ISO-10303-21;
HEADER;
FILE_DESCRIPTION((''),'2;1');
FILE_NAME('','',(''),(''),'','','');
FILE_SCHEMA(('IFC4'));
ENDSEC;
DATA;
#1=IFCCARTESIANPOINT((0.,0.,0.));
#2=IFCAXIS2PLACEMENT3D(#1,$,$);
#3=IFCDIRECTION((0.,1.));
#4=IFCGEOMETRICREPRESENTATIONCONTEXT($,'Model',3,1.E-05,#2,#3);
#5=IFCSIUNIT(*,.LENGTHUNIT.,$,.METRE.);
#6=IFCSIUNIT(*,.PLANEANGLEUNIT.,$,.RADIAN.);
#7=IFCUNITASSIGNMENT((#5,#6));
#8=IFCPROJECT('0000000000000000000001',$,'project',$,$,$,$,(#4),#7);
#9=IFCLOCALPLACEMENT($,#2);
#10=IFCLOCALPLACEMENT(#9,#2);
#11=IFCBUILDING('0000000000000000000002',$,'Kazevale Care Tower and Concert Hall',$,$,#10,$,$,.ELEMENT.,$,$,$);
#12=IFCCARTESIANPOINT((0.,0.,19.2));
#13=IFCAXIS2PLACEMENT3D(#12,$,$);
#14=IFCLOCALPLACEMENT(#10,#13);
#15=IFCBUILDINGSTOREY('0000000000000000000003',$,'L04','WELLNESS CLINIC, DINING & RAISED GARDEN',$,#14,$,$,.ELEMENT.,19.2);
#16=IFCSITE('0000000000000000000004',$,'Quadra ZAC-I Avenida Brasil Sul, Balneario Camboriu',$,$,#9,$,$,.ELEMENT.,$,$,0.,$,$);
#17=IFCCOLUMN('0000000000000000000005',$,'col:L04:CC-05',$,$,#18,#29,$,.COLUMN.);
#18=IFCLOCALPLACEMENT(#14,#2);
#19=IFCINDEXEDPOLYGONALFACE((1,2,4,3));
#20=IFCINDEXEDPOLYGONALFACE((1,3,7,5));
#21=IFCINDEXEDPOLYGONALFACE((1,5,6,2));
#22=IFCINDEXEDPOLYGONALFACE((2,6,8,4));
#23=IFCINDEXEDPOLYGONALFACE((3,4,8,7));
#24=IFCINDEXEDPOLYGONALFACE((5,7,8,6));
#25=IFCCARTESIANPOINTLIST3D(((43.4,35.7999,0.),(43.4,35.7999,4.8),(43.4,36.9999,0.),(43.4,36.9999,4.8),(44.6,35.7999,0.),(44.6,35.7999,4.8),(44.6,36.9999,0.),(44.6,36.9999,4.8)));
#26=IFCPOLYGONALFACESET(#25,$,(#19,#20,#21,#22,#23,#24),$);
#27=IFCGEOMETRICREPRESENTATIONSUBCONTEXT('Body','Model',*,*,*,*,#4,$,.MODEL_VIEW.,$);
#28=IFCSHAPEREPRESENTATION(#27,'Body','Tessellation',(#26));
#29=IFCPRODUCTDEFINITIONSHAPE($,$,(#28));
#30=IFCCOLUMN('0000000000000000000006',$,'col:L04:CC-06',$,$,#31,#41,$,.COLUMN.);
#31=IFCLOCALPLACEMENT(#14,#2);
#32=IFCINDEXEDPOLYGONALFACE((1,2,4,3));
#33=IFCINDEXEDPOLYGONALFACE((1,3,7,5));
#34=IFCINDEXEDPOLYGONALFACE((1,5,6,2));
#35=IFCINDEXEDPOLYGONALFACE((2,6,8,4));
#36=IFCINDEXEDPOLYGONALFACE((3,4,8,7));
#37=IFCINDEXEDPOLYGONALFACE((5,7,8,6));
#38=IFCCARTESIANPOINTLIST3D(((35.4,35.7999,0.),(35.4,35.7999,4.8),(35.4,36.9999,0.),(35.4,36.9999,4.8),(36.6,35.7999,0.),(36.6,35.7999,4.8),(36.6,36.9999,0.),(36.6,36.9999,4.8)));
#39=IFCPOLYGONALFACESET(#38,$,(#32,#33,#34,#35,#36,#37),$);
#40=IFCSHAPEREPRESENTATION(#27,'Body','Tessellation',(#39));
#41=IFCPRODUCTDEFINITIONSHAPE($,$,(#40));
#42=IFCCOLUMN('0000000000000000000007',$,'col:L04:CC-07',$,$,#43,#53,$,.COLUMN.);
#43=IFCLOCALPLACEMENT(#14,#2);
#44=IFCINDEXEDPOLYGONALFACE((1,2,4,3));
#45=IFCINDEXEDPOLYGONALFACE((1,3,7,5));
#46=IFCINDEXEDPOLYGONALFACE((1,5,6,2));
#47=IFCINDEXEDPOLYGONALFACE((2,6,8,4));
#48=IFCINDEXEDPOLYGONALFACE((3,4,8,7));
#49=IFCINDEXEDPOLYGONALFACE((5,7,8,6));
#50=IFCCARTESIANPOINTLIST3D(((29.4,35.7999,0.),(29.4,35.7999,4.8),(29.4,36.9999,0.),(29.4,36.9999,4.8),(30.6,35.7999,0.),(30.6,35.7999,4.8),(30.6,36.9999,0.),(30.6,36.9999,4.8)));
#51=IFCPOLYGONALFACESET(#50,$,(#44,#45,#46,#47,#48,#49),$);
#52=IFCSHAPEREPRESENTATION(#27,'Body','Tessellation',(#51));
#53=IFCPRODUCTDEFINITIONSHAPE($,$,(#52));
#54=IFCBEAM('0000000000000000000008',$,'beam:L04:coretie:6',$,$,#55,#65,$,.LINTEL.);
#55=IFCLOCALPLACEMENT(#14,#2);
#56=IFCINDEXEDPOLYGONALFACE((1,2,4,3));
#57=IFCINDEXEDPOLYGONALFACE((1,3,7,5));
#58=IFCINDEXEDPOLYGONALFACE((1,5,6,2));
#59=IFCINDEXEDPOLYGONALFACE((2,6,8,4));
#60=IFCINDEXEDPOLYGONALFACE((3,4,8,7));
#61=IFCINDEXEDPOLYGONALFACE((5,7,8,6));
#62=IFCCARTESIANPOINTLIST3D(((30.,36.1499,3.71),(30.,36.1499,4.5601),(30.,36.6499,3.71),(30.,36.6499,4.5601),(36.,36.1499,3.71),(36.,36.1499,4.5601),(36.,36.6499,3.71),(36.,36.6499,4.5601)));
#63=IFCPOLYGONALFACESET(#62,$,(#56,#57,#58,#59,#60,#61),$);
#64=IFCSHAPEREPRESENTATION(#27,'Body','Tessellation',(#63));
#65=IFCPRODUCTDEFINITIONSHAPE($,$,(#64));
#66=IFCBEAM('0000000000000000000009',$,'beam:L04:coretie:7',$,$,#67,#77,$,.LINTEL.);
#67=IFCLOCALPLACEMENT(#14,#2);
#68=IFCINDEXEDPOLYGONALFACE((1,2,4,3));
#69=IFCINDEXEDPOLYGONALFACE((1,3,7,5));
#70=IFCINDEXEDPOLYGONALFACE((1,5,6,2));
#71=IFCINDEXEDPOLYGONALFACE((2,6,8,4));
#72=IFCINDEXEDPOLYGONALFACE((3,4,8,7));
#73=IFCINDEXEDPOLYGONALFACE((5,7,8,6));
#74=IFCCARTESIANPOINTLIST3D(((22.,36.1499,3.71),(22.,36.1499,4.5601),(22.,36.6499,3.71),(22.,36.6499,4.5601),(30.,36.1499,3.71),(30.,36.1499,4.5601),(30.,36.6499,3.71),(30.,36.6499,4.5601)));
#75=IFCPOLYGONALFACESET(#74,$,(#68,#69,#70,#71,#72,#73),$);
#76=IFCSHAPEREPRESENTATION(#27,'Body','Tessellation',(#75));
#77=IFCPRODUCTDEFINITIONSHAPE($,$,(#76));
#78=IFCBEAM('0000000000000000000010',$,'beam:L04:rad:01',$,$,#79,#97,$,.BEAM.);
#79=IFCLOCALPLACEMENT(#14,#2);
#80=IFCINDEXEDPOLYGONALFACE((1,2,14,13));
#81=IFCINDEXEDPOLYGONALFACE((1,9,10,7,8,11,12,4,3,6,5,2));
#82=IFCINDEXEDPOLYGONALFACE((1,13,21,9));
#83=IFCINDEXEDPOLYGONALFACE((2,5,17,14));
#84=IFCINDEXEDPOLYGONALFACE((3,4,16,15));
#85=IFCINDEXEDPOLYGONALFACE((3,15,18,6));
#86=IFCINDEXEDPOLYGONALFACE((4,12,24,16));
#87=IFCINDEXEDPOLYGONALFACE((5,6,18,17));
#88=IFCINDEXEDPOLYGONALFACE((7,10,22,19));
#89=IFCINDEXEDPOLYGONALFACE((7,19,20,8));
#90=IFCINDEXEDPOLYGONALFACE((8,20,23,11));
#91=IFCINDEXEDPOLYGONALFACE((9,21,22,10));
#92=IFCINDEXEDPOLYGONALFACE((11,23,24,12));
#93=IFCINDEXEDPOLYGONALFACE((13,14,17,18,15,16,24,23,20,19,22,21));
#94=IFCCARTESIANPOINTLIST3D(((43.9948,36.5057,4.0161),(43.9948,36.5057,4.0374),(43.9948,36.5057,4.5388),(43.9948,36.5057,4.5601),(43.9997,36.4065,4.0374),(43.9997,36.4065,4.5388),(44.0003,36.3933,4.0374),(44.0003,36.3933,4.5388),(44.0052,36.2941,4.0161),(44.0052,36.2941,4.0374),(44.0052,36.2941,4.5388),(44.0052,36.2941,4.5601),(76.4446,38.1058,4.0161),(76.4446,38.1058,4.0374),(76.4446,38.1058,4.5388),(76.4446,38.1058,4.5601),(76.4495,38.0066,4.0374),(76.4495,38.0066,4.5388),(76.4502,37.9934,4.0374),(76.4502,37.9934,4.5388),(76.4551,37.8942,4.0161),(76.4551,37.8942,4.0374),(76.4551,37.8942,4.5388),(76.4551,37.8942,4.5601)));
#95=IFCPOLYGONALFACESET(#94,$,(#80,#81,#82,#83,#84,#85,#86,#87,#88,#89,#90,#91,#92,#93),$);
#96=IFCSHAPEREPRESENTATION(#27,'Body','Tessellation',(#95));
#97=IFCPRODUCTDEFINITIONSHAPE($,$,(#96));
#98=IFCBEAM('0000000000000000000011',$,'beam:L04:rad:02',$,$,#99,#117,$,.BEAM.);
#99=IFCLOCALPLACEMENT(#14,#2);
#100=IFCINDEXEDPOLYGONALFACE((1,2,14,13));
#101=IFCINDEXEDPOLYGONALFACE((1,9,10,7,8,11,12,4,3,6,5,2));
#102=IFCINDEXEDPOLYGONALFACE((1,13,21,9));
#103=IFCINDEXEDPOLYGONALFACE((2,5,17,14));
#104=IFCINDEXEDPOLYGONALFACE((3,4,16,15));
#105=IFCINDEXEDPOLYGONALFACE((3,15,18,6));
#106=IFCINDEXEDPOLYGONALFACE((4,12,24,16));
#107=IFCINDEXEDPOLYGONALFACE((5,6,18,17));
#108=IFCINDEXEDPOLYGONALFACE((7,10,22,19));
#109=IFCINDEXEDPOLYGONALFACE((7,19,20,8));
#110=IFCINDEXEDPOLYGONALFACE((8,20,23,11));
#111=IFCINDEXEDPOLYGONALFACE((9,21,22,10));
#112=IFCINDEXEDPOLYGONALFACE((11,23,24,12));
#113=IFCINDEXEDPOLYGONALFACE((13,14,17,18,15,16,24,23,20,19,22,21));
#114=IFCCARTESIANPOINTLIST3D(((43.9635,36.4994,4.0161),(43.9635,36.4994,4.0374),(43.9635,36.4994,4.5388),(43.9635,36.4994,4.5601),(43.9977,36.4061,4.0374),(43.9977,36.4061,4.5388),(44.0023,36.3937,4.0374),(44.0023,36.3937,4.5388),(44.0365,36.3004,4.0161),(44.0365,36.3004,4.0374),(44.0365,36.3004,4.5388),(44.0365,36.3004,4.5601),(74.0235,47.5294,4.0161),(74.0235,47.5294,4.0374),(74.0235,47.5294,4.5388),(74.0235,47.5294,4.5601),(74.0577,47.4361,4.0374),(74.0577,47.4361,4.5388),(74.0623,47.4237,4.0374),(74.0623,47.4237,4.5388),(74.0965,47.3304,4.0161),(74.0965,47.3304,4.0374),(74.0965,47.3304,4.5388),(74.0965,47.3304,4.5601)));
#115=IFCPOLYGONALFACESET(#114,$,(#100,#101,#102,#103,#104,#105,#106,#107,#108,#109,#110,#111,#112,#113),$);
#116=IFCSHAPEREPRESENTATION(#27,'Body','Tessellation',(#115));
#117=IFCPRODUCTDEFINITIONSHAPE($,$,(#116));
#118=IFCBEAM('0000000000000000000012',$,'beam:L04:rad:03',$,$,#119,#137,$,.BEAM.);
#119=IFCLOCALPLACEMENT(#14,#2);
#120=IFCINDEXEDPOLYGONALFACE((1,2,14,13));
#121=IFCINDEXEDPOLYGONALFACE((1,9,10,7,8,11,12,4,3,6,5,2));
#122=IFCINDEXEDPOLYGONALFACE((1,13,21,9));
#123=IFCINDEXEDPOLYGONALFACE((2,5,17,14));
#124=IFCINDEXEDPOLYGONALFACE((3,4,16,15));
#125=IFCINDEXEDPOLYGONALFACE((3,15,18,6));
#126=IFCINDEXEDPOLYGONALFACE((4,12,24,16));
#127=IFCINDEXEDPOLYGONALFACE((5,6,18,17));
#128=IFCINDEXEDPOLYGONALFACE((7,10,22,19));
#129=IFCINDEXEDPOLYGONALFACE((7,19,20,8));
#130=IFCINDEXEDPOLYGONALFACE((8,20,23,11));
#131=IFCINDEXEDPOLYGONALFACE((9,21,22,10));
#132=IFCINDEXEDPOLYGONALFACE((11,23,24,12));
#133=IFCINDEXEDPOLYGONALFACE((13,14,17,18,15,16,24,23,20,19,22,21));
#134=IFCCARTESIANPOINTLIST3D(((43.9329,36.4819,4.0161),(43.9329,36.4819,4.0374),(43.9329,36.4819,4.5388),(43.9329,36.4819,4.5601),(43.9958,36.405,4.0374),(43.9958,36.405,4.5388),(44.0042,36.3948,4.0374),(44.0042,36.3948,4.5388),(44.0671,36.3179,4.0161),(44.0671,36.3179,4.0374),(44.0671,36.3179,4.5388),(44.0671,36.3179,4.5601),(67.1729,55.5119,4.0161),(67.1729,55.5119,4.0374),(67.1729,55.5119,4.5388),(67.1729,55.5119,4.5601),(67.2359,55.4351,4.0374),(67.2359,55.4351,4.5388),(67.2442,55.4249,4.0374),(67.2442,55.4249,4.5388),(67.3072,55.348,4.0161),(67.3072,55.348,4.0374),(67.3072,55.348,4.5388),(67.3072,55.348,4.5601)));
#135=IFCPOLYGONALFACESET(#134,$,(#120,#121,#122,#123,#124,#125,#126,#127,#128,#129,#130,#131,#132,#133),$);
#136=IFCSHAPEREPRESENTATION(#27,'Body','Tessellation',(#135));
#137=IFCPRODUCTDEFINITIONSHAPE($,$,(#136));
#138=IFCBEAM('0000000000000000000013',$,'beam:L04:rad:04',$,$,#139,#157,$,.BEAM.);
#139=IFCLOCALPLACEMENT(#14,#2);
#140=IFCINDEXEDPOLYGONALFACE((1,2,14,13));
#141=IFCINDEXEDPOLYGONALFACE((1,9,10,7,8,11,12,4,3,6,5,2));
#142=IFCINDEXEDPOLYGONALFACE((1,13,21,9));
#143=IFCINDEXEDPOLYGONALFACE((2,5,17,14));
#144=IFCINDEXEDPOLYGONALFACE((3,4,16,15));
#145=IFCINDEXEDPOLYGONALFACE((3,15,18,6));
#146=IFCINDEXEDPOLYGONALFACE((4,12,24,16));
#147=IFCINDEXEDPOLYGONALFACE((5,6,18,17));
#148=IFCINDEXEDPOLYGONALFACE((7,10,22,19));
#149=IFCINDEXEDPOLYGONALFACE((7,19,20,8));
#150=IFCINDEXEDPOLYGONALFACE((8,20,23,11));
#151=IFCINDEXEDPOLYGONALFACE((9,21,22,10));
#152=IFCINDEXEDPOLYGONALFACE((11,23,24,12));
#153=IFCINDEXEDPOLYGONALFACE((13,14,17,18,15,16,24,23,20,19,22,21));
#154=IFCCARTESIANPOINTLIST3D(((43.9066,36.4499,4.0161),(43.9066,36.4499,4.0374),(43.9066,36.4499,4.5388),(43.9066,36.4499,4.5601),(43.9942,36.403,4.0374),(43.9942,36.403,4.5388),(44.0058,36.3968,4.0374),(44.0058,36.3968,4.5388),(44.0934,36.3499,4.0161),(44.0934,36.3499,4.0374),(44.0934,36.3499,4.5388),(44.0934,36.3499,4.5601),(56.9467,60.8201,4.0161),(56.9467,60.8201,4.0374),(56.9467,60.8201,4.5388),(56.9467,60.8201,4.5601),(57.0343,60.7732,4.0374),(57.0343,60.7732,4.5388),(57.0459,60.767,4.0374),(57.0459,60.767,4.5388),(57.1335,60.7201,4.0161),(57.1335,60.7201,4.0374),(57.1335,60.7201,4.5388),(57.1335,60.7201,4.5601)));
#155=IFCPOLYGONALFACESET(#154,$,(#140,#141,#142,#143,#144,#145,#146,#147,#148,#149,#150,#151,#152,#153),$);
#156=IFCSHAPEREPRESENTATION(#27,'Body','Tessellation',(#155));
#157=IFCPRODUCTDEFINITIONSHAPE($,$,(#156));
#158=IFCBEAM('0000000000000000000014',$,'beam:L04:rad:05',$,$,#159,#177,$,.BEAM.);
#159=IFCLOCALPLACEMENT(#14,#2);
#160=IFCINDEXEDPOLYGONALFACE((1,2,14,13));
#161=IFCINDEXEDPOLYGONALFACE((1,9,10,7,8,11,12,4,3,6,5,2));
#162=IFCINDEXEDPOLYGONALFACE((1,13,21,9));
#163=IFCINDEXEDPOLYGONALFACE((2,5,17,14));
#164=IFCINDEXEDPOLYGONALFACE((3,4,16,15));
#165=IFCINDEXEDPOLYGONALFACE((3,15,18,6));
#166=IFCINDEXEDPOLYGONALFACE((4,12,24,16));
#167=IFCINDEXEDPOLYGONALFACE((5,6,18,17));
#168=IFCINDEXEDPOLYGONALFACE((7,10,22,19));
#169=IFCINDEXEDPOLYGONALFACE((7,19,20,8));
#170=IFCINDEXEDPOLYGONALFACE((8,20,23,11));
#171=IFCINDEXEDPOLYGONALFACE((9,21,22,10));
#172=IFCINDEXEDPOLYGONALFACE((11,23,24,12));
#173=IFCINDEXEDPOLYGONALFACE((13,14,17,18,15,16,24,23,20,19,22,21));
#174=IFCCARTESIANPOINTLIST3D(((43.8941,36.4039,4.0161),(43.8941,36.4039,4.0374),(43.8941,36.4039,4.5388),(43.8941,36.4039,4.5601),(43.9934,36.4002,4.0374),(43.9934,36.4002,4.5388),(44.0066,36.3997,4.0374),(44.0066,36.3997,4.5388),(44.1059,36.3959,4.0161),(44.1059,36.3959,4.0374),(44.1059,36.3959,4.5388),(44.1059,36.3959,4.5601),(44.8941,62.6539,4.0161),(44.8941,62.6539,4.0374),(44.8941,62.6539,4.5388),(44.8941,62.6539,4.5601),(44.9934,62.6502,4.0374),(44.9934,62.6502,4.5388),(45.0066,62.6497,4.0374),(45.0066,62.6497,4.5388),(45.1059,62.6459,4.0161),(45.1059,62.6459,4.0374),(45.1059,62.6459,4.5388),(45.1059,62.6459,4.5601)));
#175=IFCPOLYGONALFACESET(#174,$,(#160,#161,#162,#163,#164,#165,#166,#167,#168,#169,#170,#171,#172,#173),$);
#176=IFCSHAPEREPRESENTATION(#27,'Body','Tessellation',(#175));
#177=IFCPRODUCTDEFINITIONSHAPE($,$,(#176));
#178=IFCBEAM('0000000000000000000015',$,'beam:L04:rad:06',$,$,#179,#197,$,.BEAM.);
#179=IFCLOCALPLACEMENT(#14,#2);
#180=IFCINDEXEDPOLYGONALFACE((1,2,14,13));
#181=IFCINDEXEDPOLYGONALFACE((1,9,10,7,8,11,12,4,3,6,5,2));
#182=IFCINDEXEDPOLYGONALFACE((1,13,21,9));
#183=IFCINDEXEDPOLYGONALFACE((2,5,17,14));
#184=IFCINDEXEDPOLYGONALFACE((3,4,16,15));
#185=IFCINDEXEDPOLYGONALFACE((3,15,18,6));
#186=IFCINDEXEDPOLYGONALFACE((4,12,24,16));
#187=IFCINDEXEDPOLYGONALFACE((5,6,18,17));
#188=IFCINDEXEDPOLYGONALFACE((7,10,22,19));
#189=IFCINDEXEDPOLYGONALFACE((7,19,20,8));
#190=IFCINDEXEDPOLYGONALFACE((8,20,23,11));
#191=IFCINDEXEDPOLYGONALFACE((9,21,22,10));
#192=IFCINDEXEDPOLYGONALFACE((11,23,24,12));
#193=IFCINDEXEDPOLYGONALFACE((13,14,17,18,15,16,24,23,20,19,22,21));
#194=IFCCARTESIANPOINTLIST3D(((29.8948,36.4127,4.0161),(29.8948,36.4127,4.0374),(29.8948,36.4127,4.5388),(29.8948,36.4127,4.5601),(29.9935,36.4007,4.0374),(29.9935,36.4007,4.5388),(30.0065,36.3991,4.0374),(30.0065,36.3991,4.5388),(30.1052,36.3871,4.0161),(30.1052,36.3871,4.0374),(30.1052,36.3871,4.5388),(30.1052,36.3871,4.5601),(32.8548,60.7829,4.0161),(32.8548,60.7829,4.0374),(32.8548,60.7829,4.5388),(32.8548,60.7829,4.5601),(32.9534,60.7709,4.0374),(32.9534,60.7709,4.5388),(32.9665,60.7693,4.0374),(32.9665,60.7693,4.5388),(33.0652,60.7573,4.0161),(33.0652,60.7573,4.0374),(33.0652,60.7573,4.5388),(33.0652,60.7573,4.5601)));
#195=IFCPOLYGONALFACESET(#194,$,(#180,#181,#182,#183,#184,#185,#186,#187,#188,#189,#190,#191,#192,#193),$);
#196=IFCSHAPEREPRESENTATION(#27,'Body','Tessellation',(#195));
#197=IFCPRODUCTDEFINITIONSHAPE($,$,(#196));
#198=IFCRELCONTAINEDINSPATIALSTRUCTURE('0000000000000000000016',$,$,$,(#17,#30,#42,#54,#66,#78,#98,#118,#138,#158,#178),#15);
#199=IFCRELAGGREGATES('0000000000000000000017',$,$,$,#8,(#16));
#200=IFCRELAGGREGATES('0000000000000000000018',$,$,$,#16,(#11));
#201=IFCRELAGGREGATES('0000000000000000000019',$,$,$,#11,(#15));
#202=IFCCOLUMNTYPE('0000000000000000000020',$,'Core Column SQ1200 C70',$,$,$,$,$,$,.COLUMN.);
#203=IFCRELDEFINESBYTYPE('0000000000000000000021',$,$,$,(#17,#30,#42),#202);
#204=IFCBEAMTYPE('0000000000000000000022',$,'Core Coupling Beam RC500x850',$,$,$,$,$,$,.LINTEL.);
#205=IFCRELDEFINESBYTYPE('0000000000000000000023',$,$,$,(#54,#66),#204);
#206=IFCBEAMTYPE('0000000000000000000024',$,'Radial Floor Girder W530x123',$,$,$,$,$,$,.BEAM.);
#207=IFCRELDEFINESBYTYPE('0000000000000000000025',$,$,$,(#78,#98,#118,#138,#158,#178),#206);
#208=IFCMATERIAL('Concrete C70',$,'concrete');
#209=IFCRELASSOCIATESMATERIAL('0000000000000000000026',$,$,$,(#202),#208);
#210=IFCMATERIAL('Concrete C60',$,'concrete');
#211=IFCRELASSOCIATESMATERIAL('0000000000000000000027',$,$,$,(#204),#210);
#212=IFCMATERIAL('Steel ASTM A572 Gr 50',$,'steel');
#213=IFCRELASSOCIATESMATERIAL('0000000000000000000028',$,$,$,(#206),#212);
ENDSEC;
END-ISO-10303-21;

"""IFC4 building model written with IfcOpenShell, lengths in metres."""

from ifc_helpers import new_model, si_unit, direction, frame, origin, origin_2d, place, context, subcontext, project, spatial, rectangle, i_section, extrude, material, material_profile, profile_set, type_object, element, save


model = new_model("IFC4")

# Units and contexts
model_context = context("Model", 3, precision=1e-05, world=origin(), true_north=direction((0.0, 1.0)))
body_context = subcontext(model_context, "Body", "Model", "MODEL_VIEW")
ifc_project = project(units=[si_unit("LENGTHUNIT", "METRE"), si_unit("PLANEANGLEUNIT", "RADIAN")], contexts=[model_context])

# Site, building, storey
site_placement = place(None, origin())
site = spatial("IfcSite", under=ifc_project, at=site_placement, Name="Quadra ZAC-I Avenida Brasil Sul, Balneario Camboriu", CompositionType="ELEMENT", RefElevation=0.0)
building_placement = place(site_placement, origin())
building = spatial("IfcBuilding", under=site, at=building_placement, Name="Kazevale Care Tower and Concert Hall", CompositionType="ELEMENT")
storey_placement = place(building_placement, frame((0.0, 0.0, 19.2)))
storey = spatial("IfcBuildingStorey", under=building, at=storey_placement, Name="L04", Description="WELLNESS CLINIC, DINING & RAISED GARDEN", CompositionType="ELEMENT", Elevation=19.2)

# Columns
ifc_material_1 = material(Name="Concrete C70", Category="concrete")
ifc_material_profile_1 = material_profile(ifc_material_1, rectangle(XDim=1.2, YDim=1.2, at=origin_2d()), Name="RC-SQ1200")
ifc_profile_set_1 = profile_set([ifc_material_profile_1], Name="Concrete C70")
column_type = type_object("IfcColumnType", Name="Core Column SQ1200 C70", PredefinedType="COLUMN", material=ifc_profile_set_1)
for number, where, z_axis, x_axis, name in (
    (1, (44.0, 36.3999, 0.0), (0.0, 0.0, 1.0), (1.0, 0.0, 0.0), "col:L04:CC-05"),
    (2, (36.0, 36.3999, 0.0), (0.0, 0.0, 1.0), (1.0, 0.0, 0.0), "col:L04:CC-06"),
    (3, (30.0, 36.3999, 0.0), (0.0, 0.0, 1.0), (1.0, 0.0, 0.0), "col:L04:CC-07"),
):
    element("IfcColumn", number, at=place(storey_placement, frame(where, z_axis=z_axis, x_axis=x_axis)), inside=storey, type_object=column_type, Name=name, PredefinedType="COLUMN", context=body_context, shape_type="SweptSolid", body=[
        extrude(rectangle(XDim=1.2, YDim=1.2, at=origin_2d()), origin(), (0.0, 0.0, 1.0), 4.8),
    ])

# Beams
ifc_material_2 = material(Name="Concrete C60", Category="concrete")
ifc_material_profile_2 = material_profile(ifc_material_2, rectangle(XDim=0.5, YDim=0.8501, at=origin_2d()), Name="RC-B500x850")
ifc_profile_set_2 = profile_set([ifc_material_profile_2], Name="Concrete C60")
beam_type_1 = type_object("IfcBeamType", Name="Core Coupling Beam RC500x850", PredefinedType="LINTEL", material=ifc_profile_set_2)
beam_1_placement = place(storey_placement, frame((36.0, 36.3999, 4.135), z_axis=(-1.0, 0.0, 0.0), x_axis=(0.0, -1.0, 0.0)))
element("IfcBeam", 4, at=beam_1_placement, inside=storey, type_object=beam_type_1, Name="beam:L04:coretie:6", PredefinedType="LINTEL", context=body_context, shape_type="SweptSolid", body=[
    extrude(rectangle(XDim=0.5, YDim=0.8501, at=origin_2d()), origin(), (0.0, 0.0, 1.0), 6.0),
])
beam_2_placement = place(storey_placement, frame((30.0, 36.3999, 4.135), z_axis=(-1.0, 0.0, 0.0), x_axis=(0.0, -1.0, 0.0)))
element("IfcBeam", 5, at=beam_2_placement, inside=storey, type_object=beam_type_1, Name="beam:L04:coretie:7", PredefinedType="LINTEL", context=body_context, shape_type="SweptSolid", body=[
    extrude(rectangle(XDim=0.5, YDim=0.8501, at=origin_2d()), origin(), (0.0, 0.0, 1.0), 8.0),
])
ifc_material_3 = material(Name="Steel ASTM A572 Gr 50", Category="steel")
ifc_material_profile_3 = material_profile(ifc_material_3, i_section(OverallWidth=0.2119, OverallDepth=0.5439, WebThickness=0.0132, FlangeThickness=0.0212, at=origin_2d()), Name="W530x123")
ifc_profile_set_3 = profile_set([ifc_material_profile_3], Name="Steel ASTM A572 Gr 50")
beam_type_2 = type_object("IfcBeamType", Name="Radial Floor Girder W530x123", PredefinedType="BEAM", material=ifc_profile_set_3)
beam_3_placement = place(storey_placement, frame((44.0, 36.3999, 4.2881), z_axis=(0.998786, 0.04925, 0.0), x_axis=(-0.04925, 0.998786, 0.0)))
element("IfcBeam", 6, at=beam_3_placement, inside=storey, type_object=beam_type_2, Name="beam:L04:rad:01", PredefinedType="BEAM", context=body_context, shape_type="SweptSolid", body=[
    extrude(i_section(OverallWidth=0.2119, OverallDepth=0.5439, WebThickness=0.0132, FlangeThickness=0.0212, at=origin_2d()), origin(), (0.0, 0.0, 1.0), 32.4893),
])
beam_4_placement = place(storey_placement, frame((44.0, 36.3999, 4.2881), z_axis=(0.938795, 0.344475, 0.0), x_axis=(-0.344475, 0.938795, 0.0)))
element("IfcBeam", 7, at=beam_4_placement, inside=storey, type_object=beam_type_2, Name="beam:L04:rad:02", PredefinedType="BEAM", context=body_context, shape_type="SweptSolid", body=[
    extrude(i_section(OverallWidth=0.2119, OverallDepth=0.5439, WebThickness=0.0132, FlangeThickness=0.0212, at=origin_2d()), origin(), (0.0, 0.0, 1.0), 32.0198),
])
beam_5_placement = place(storey_placement, frame((44.0, 36.3999, 4.2881), z_axis=(0.773704, 0.633547, 0.0), x_axis=(-0.633547, 0.773704, 0.0)))
element("IfcBeam", 8, at=beam_5_placement, inside=storey, type_object=beam_type_2, Name="beam:L04:rad:03", PredefinedType="BEAM", context=body_context, shape_type="SweptSolid", body=[
    extrude(i_section(OverallWidth=0.2119, OverallDepth=0.5439, WebThickness=0.0132, FlangeThickness=0.0212, at=origin_2d()), origin(), (0.0, 0.0, 1.0), 30.0374),
])
beam_6_placement = place(storey_placement, frame((44.0, 36.3999, 4.2881), z_axis=(0.471789, 0.881712, 0.0), x_axis=(-0.881712, 0.471789, 0.0)))
element("IfcBeam", 9, at=beam_6_placement, inside=storey, type_object=beam_type_2, Name="beam:L04:rad:04", PredefinedType="BEAM", context=body_context, shape_type="SweptSolid", body=[
    extrude(i_section(OverallWidth=0.2119, OverallDepth=0.5439, WebThickness=0.0132, FlangeThickness=0.0212, at=origin_2d()), origin(), (0.0, 0.0, 1.0), 27.6396),
])
beam_7_placement = place(storey_placement, frame((44.0, 36.3999, 4.2881), z_axis=(0.038068, 0.999275, 0.0), x_axis=(-0.999275, 0.038068, 0.0)))
element("IfcBeam", 10, at=beam_7_placement, inside=storey, type_object=beam_type_2, Name="beam:L04:rad:05", PredefinedType="BEAM", context=body_context, shape_type="SweptSolid", body=[
    extrude(i_section(OverallWidth=0.2119, OverallDepth=0.5439, WebThickness=0.0132, FlangeThickness=0.0212, at=origin_2d()), origin(), (0.0, 0.0, 1.0), 26.269),
])
beam_8_placement = place(storey_placement, frame((30.0, 36.3999, 4.2881), z_axis=(0.120573, 0.992705, 0.0), x_axis=(-0.992705, 0.120573, 0.0)))
element("IfcBeam", 11, at=beam_8_placement, inside=storey, type_object=beam_type_2, Name="beam:L04:rad:06", PredefinedType="BEAM", context=body_context, shape_type="SweptSolid", body=[
    extrude(i_section(OverallWidth=0.2119, OverallDepth=0.5439, WebThickness=0.0132, FlangeThickness=0.0212, at=origin_2d()), origin(), (0.0, 0.0, 1.0), 24.5493),
])

save(model, "model.ifc")
